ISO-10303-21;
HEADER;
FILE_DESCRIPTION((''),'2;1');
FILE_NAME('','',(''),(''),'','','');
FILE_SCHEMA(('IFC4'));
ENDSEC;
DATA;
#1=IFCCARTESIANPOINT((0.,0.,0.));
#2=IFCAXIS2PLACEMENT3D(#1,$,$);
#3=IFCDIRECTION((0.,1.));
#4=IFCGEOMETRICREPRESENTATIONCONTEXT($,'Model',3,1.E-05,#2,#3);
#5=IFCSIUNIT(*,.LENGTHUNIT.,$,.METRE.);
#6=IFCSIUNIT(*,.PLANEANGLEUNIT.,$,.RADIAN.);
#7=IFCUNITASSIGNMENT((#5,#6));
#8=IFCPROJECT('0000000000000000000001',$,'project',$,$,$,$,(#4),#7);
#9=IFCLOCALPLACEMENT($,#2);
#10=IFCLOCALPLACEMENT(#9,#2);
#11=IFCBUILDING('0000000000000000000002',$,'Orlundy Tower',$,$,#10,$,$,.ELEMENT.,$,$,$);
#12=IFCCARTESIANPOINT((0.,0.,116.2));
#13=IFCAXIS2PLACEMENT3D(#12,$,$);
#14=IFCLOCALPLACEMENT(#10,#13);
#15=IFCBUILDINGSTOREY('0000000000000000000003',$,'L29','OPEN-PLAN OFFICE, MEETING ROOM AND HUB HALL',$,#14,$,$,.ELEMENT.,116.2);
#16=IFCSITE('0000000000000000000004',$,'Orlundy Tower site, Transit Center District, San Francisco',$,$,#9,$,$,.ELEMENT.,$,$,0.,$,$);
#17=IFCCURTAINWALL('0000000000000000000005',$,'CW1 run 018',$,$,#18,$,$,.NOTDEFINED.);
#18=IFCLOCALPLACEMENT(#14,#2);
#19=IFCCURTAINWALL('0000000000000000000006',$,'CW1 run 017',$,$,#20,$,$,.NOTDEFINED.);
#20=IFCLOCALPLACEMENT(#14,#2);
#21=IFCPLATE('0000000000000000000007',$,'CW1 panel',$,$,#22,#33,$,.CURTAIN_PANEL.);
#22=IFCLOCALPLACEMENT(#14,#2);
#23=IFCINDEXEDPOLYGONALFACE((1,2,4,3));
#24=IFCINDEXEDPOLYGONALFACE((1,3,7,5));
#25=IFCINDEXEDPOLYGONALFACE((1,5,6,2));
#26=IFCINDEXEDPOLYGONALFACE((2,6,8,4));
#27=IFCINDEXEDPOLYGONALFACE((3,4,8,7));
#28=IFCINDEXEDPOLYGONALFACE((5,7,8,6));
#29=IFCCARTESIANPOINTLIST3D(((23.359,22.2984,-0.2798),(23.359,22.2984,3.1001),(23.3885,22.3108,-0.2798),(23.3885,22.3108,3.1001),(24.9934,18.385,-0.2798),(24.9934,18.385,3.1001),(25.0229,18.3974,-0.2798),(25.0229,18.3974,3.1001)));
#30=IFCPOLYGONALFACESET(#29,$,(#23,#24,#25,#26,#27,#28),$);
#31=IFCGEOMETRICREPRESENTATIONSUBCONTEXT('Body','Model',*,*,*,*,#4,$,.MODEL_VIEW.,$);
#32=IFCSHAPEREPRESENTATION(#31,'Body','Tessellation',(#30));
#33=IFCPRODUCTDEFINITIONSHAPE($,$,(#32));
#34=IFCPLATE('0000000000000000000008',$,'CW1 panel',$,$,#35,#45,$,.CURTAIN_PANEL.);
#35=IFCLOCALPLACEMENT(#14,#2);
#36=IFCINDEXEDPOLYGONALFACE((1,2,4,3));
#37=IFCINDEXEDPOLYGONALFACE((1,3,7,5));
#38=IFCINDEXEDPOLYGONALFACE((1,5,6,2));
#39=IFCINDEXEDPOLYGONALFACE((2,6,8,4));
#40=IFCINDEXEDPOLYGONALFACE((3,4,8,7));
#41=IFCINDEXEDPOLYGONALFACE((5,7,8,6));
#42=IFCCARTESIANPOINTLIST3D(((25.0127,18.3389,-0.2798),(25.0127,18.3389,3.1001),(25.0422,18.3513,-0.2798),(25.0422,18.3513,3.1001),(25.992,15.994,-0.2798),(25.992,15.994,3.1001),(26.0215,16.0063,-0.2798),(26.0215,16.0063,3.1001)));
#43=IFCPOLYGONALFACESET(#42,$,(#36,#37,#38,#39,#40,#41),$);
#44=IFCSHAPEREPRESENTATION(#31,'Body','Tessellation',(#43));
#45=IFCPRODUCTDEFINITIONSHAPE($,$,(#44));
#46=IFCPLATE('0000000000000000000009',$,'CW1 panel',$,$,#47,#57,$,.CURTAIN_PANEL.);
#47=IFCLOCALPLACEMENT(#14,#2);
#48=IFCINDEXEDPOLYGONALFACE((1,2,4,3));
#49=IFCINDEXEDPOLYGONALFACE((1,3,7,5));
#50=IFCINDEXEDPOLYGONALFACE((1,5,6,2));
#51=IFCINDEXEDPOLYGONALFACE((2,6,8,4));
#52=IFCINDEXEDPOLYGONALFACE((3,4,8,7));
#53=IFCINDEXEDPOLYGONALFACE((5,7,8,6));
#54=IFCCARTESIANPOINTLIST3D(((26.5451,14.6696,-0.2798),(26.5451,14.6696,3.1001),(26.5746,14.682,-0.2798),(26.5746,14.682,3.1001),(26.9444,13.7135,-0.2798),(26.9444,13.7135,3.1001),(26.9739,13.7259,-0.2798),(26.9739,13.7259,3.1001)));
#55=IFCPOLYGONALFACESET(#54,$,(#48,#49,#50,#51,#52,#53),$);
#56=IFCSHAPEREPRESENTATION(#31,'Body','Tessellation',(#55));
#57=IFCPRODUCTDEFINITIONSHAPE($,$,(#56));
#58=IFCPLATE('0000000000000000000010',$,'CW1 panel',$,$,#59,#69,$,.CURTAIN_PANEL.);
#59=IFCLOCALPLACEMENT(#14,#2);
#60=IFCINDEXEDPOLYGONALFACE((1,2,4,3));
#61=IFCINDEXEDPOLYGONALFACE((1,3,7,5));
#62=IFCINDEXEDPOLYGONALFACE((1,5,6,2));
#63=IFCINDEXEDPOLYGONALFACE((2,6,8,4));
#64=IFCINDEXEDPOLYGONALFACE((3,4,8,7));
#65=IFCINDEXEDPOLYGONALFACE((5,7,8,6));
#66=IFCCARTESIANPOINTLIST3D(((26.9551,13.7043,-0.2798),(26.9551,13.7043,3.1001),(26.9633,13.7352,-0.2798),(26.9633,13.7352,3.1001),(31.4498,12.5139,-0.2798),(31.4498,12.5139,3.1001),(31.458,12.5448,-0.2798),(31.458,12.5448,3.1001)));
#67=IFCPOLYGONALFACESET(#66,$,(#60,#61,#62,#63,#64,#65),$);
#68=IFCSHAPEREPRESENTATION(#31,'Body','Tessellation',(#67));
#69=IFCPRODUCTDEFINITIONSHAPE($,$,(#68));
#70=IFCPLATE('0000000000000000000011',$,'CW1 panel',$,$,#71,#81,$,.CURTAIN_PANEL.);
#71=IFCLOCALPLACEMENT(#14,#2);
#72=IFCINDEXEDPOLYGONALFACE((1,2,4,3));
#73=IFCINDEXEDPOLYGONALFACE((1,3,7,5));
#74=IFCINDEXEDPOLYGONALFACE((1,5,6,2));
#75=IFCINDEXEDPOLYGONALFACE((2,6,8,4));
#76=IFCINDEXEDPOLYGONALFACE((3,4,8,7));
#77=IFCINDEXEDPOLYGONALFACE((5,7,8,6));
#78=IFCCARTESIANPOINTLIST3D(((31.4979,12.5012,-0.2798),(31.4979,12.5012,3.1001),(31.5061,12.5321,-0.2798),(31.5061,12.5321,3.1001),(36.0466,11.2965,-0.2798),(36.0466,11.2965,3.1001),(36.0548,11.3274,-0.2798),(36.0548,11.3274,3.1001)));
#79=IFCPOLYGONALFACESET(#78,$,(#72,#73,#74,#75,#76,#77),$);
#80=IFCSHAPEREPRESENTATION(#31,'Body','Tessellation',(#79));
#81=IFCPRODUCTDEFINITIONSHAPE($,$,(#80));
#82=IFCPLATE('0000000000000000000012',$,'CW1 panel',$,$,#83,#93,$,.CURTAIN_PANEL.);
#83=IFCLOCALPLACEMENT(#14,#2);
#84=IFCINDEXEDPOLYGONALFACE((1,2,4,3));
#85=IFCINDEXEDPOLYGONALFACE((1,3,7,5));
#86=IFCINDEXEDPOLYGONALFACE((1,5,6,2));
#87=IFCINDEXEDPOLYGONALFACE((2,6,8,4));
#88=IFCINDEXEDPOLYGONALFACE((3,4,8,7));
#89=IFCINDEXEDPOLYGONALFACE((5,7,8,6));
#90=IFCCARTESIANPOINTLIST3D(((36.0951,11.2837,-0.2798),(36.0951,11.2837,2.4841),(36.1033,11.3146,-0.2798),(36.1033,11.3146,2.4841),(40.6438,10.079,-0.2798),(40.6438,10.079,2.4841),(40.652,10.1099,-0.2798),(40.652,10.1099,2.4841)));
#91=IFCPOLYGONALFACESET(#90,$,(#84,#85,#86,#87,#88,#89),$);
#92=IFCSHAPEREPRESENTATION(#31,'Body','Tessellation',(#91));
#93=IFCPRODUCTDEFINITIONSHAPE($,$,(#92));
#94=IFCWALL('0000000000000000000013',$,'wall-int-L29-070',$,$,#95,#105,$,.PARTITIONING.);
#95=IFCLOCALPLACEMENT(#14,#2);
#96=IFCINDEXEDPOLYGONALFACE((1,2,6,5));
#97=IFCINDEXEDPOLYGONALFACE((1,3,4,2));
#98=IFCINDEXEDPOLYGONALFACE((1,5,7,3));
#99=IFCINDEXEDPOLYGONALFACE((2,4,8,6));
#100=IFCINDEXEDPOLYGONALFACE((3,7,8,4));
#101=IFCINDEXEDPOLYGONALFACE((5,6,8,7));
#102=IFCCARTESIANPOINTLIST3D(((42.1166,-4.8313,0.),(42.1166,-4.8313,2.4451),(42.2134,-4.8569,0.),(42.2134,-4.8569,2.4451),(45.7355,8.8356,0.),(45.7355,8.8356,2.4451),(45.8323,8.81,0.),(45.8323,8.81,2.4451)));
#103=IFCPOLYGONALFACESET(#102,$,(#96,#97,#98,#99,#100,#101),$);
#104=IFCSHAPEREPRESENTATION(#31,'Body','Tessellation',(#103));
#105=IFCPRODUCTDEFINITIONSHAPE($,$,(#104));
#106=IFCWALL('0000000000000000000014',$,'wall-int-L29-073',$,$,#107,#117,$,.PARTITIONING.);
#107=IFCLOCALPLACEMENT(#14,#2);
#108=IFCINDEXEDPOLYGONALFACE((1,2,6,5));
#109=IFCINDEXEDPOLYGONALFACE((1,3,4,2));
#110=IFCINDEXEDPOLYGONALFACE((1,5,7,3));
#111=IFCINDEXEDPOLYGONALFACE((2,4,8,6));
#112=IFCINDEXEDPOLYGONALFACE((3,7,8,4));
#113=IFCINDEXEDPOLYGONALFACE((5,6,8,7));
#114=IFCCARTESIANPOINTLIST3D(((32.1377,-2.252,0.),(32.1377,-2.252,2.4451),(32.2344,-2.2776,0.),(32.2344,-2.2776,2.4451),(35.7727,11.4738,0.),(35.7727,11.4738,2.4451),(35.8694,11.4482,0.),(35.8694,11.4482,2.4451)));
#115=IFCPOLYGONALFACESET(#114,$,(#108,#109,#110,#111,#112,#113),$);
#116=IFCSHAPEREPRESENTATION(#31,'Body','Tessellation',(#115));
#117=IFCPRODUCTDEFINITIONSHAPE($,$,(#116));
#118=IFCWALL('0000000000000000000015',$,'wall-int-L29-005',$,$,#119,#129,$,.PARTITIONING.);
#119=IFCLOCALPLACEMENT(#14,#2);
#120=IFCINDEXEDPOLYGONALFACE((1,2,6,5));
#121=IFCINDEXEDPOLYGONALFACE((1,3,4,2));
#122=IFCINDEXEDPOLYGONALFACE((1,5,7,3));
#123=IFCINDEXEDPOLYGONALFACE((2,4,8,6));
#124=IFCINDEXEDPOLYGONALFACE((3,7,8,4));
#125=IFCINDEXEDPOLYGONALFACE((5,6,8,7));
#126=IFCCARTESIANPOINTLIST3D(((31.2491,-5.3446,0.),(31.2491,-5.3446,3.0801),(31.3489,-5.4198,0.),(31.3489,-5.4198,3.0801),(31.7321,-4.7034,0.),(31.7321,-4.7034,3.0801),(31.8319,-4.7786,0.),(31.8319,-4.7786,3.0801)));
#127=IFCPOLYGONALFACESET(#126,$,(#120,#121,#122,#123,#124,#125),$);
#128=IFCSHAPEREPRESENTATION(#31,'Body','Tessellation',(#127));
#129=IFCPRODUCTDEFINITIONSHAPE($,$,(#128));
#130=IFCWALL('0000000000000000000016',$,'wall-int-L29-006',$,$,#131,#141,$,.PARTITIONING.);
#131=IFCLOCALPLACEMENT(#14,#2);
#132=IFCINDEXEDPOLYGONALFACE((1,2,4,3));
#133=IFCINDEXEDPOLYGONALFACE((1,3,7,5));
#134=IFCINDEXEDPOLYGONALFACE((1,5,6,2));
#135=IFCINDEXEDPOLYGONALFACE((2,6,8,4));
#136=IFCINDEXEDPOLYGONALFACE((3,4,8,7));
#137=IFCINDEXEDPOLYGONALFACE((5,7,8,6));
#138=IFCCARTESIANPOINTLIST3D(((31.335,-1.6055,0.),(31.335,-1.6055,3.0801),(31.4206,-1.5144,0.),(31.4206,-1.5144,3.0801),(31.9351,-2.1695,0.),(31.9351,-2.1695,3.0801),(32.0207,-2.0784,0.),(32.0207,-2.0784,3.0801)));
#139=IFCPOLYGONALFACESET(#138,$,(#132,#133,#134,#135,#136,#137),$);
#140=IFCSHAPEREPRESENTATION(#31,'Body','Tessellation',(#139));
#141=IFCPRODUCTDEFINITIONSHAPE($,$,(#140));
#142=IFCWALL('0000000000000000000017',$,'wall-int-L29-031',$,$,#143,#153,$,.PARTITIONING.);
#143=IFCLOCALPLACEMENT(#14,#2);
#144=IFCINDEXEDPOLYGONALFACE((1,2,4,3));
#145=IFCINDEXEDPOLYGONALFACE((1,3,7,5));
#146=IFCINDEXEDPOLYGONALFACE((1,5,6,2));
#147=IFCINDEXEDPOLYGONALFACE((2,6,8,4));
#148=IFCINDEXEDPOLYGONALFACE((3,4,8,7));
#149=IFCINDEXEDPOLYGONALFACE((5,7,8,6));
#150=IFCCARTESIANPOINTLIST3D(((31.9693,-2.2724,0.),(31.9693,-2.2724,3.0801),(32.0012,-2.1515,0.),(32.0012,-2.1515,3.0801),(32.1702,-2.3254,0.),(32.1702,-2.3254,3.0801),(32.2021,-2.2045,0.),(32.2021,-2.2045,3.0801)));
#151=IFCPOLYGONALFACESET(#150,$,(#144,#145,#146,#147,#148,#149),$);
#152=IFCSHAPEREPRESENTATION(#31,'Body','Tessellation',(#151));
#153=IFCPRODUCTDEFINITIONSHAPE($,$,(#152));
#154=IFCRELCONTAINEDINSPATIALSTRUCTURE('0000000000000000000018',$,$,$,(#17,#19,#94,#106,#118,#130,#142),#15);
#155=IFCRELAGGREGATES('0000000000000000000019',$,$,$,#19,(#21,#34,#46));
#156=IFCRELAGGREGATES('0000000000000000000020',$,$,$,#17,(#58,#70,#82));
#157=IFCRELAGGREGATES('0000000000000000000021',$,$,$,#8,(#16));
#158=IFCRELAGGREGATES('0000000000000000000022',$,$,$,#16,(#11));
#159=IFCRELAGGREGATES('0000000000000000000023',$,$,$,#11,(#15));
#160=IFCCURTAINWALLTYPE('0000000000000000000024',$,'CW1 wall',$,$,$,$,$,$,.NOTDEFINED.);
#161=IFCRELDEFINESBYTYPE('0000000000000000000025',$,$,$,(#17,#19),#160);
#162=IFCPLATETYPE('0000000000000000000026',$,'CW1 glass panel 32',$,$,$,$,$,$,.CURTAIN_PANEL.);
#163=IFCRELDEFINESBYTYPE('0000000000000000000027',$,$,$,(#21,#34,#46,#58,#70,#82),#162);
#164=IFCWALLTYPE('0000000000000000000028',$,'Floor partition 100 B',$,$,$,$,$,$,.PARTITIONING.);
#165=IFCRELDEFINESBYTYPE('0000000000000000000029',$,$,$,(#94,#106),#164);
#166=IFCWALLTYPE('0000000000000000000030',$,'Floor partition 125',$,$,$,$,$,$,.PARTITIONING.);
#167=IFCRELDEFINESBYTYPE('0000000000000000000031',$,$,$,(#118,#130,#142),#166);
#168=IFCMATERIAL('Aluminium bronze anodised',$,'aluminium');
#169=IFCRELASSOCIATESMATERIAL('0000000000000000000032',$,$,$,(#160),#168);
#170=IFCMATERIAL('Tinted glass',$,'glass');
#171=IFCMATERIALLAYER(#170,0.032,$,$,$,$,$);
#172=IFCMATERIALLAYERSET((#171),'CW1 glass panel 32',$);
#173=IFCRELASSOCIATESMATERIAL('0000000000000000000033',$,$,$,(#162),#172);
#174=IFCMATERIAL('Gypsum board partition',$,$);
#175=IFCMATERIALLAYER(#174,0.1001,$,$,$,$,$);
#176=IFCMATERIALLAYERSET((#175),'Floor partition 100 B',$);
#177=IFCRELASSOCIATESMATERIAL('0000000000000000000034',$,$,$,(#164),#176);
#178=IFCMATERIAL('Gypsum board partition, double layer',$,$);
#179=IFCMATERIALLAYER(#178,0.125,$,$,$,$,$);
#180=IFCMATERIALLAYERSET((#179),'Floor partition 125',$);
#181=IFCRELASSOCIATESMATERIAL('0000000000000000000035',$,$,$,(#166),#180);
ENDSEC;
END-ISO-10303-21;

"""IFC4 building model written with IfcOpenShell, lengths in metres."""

from ifc_helpers import new_model, si_unit, direction, frame, frame_2d, origin, origin_2d, place, context, subcontext, project, spatial, rectangle, extrude, material, layer, layer_set, type_object, element, aggregate, save


model = new_model("IFC4")

# Units and contexts
model_context = context("Model", 3, precision=1e-05, world=origin(), true_north=direction((0.0, 1.0)))
body_context = subcontext(model_context, "Body", "Model", "MODEL_VIEW")
ifc_project = project(units=[si_unit("LENGTHUNIT", "METRE"), si_unit("PLANEANGLEUNIT", "RADIAN")], contexts=[model_context])

# Site, building, storey
site_placement = place(None, origin())
site = spatial("IfcSite", under=ifc_project, at=site_placement, Name="Orlundy Tower site, Transit Center District, San Francisco", CompositionType="ELEMENT", RefElevation=0.0)
building_placement = place(site_placement, origin())
building = spatial("IfcBuilding", under=site, at=building_placement, Name="Orlundy Tower", CompositionType="ELEMENT")
storey_placement = place(building_placement, frame((0.0, 0.0, 116.2)))
storey = spatial("IfcBuildingStorey", under=building, at=storey_placement, Name="L29", Description="OPEN-PLAN OFFICE, MEETING ROOM AND HUB HALL", CompositionType="ELEMENT", Elevation=116.2)

# Curtain walls
ifc_material_1 = material(Name="Aluminium bronze anodised", Category="aluminium")
curtain_wall_type = type_object("IfcCurtainWallType", Name="CW1 wall", PredefinedType="NOTDEFINED", material=ifc_material_1)
curtain_wall_1_placement = place(storey_placement, origin())
curtain_wall_1 = element("IfcCurtainWall", 1, at=curtain_wall_1_placement, inside=storey, type_object=curtain_wall_type, Name="CW1 run 018", PredefinedType="NOTDEFINED")
curtain_wall_2_placement = place(storey_placement, origin())
curtain_wall_2 = element("IfcCurtainWall", 2, at=curtain_wall_2_placement, inside=storey, type_object=curtain_wall_type, Name="CW1 run 017", PredefinedType="NOTDEFINED")

# Plates
ifc_material_2 = material(Name="Tinted glass", Category="glass")
ifc_layer_1 = layer(ifc_material_2, 0.032)
ifc_layer_set_1 = layer_set([ifc_layer_1], Name="CW1 glass panel 32")
plate_type = type_object("IfcPlateType", Name="CW1 glass panel 32", PredefinedType="CURTAIN_PANEL", material=ifc_layer_set_1)
plate_1_placement = place(storey_placement, frame((24.1909, 20.3479, -0.2798), z_axis=(0.0, 0.0, 1.0), x_axis=(0.385378, -0.922759, 0.0)))
plate_1 = element("IfcPlate", 3, at=plate_1_placement, type_object=plate_type, Name="CW1 panel", PredefinedType="CURTAIN_PANEL", context=body_context, shape_type="SweptSolid", body=[
    extrude(rectangle(XDim=4.241, YDim=0.032, at=origin_2d()), origin(), (0.0, 0.0, 1.0), 3.3799),
])
plate_2_placement = place(storey_placement, frame((25.5171, 17.1726, -0.2798), z_axis=(0.0, 0.0, 1.0), x_axis=(0.385378, -0.922759, 0.0)))
plate_2 = element("IfcPlate", 4, at=plate_2_placement, type_object=plate_type, Name="CW1 panel", PredefinedType="CURTAIN_PANEL", context=body_context, shape_type="SweptSolid", body=[
    extrude(rectangle(XDim=2.5413, YDim=0.032, at=origin_2d()), origin(), (0.0, 0.0, 1.0), 3.3799),
])
plate_3_placement = place(storey_placement, frame((26.7595, 14.1978, -0.2798), z_axis=(0.0, 0.0, 1.0), x_axis=(0.385378, -0.922759, 0.0)))
plate_3 = element("IfcPlate", 5, at=plate_3_placement, type_object=plate_type, Name="CW1 panel", PredefinedType="CURTAIN_PANEL", context=body_context, shape_type="SweptSolid", body=[
    extrude(rectangle(XDim=1.0361, YDim=0.032, at=origin_2d()), origin(), (0.0, 0.0, 1.0), 3.3799),
])
aggregate(curtain_wall_2, [plate_1, plate_2, plate_3])
plate_4_placement = place(storey_placement, frame((29.2065, 13.1245, -0.2798), z_axis=(0.0, 0.0, 1.0), x_axis=(0.966672, -0.25602, 0.0)))
plate_4 = element("IfcPlate", 6, at=plate_4_placement, type_object=plate_type, Name="CW1 panel", PredefinedType="CURTAIN_PANEL", context=body_context, shape_type="SweptSolid", body=[
    extrude(rectangle(XDim=4.6497, YDim=0.032, at=origin_2d()), origin(), (0.0, 0.0, 1.0), 3.3799),
])
plate_5_placement = place(storey_placement, frame((33.7764, 11.9143, -0.2798), z_axis=(0.0, 0.0, 1.0), x_axis=(0.966672, -0.25602, 0.0)))
plate_5 = element("IfcPlate", 7, at=plate_5_placement, type_object=plate_type, Name="CW1 panel", PredefinedType="CURTAIN_PANEL", context=body_context, shape_type="SweptSolid", body=[
    extrude(rectangle(XDim=4.7056, YDim=0.032, at=origin_2d()), origin(), (0.0, 0.0, 1.0), 3.3799),
])
plate_6_placement = place(storey_placement, frame((38.3735, 10.6968, -0.2798), z_axis=(0.0, 0.0, 1.0), x_axis=(0.966672, -0.25602, 0.0)))
plate_6 = element("IfcPlate", 8, at=plate_6_placement, type_object=plate_type, Name="CW1 panel", PredefinedType="CURTAIN_PANEL", context=body_context, shape_type="SweptSolid", body=[
    extrude(rectangle(XDim=4.7056, YDim=0.032, at=origin_2d()), origin(), (0.0, 0.0, 1.0), 2.7639),
])
aggregate(curtain_wall_1, [plate_4, plate_5, plate_6])

# Walls
ifc_material_3 = material(Name="Gypsum board partition")
ifc_layer_2 = layer(ifc_material_3, 0.1001)
ifc_layer_set_2 = layer_set([ifc_layer_2], Name="Floor partition 100 B")
wall_type_1 = type_object("IfcWallType", Name="Floor partition 100 B", PredefinedType="PARTITIONING", material=ifc_layer_set_2)
wall_1_placement = place(storey_placement, frame((42.165, -4.844, 0.0), z_axis=(0.0, 0.0, 1.0), x_axis=(0.255969, 0.966685, 0.0)))
element("IfcWall", 9, at=wall_1_placement, inside=storey, type_object=wall_type_1, Name="wall-int-L29-070", PredefinedType="PARTITIONING", context=body_context, shape_type="SweptSolid", body=[
    extrude(rectangle(XDim=14.1379, YDim=0.1001, at=frame_2d((7.0688, 0.0))), origin(), (0.0, 0.0, 1.0), 2.4451),
])
wall_2_placement = place(storey_placement, frame((32.186, -2.2649, 0.0), z_axis=(0.0, 0.0, 1.0), x_axis=(0.256005, 0.966676, 0.0)))
element("IfcWall", 10, at=wall_2_placement, inside=storey, type_object=wall_type_1, Name="wall-int-L29-073", PredefinedType="PARTITIONING", context=body_context, shape_type="SweptSolid", body=[
    extrude(rectangle(XDim=14.199, YDim=0.1001, at=frame_2d((7.0996, 0.0))), origin(), (0.0, 0.0, 1.0), 2.4451),
])
ifc_material_4 = material(Name="Gypsum board partition, double layer")
ifc_layer_3 = layer(ifc_material_4, 0.125)
ifc_layer_set_3 = layer_set([ifc_layer_3], Name="Floor partition 125")
wall_type_2 = type_object("IfcWallType", Name="Floor partition 125", PredefinedType="PARTITIONING", material=ifc_layer_set_3)
wall_3_placement = place(storey_placement, frame((31.782, -4.741, 0.0), z_axis=(0.0, 0.0, 1.0), x_axis=(-0.601653, -0.798757, 0.0)))
element("IfcWall", 11, at=wall_3_placement, inside=storey, type_object=wall_type_2, Name="wall-int-L29-005", PredefinedType="PARTITIONING", context=body_context, shape_type="SweptSolid", body=[
    extrude(rectangle(XDim=0.8027, YDim=0.125, at=frame_2d((0.4014, 0.0))), origin(), (0.0, 0.0, 1.0), 3.0801),
])
wall_4_placement = place(storey_placement, frame((31.3779, -1.5601, 0.0), z_axis=(0.0, 0.0, 1.0), x_axis=(0.728705, -0.684828, 0.0)))
element("IfcWall", 12, at=wall_4_placement, inside=storey, type_object=wall_type_2, Name="wall-int-L29-006", PredefinedType="PARTITIONING", context=body_context, shape_type="SweptSolid", body=[
    extrude(rectangle(XDim=0.8235, YDim=0.125, at=frame_2d((0.4116, 0.0))), origin(), (0.0, 0.0, 1.0), 3.0801),
])
wall_5_placement = place(storey_placement, frame((31.9851, -2.2119, 0.0), z_axis=(0.0, 0.0, 1.0), x_axis=(0.966953, -0.254956, 0.0)))
element("IfcWall", 13, at=wall_5_placement, inside=storey, type_object=wall_type_2, Name="wall-int-L29-031", PredefinedType="PARTITIONING", context=body_context, shape_type="SweptSolid", body=[
    extrude(rectangle(XDim=0.2078, YDim=0.125, at=frame_2d((0.104, 0.0))), origin(), (0.0, 0.0, 1.0), 3.0801),
])

save(model, "model.ifc")
